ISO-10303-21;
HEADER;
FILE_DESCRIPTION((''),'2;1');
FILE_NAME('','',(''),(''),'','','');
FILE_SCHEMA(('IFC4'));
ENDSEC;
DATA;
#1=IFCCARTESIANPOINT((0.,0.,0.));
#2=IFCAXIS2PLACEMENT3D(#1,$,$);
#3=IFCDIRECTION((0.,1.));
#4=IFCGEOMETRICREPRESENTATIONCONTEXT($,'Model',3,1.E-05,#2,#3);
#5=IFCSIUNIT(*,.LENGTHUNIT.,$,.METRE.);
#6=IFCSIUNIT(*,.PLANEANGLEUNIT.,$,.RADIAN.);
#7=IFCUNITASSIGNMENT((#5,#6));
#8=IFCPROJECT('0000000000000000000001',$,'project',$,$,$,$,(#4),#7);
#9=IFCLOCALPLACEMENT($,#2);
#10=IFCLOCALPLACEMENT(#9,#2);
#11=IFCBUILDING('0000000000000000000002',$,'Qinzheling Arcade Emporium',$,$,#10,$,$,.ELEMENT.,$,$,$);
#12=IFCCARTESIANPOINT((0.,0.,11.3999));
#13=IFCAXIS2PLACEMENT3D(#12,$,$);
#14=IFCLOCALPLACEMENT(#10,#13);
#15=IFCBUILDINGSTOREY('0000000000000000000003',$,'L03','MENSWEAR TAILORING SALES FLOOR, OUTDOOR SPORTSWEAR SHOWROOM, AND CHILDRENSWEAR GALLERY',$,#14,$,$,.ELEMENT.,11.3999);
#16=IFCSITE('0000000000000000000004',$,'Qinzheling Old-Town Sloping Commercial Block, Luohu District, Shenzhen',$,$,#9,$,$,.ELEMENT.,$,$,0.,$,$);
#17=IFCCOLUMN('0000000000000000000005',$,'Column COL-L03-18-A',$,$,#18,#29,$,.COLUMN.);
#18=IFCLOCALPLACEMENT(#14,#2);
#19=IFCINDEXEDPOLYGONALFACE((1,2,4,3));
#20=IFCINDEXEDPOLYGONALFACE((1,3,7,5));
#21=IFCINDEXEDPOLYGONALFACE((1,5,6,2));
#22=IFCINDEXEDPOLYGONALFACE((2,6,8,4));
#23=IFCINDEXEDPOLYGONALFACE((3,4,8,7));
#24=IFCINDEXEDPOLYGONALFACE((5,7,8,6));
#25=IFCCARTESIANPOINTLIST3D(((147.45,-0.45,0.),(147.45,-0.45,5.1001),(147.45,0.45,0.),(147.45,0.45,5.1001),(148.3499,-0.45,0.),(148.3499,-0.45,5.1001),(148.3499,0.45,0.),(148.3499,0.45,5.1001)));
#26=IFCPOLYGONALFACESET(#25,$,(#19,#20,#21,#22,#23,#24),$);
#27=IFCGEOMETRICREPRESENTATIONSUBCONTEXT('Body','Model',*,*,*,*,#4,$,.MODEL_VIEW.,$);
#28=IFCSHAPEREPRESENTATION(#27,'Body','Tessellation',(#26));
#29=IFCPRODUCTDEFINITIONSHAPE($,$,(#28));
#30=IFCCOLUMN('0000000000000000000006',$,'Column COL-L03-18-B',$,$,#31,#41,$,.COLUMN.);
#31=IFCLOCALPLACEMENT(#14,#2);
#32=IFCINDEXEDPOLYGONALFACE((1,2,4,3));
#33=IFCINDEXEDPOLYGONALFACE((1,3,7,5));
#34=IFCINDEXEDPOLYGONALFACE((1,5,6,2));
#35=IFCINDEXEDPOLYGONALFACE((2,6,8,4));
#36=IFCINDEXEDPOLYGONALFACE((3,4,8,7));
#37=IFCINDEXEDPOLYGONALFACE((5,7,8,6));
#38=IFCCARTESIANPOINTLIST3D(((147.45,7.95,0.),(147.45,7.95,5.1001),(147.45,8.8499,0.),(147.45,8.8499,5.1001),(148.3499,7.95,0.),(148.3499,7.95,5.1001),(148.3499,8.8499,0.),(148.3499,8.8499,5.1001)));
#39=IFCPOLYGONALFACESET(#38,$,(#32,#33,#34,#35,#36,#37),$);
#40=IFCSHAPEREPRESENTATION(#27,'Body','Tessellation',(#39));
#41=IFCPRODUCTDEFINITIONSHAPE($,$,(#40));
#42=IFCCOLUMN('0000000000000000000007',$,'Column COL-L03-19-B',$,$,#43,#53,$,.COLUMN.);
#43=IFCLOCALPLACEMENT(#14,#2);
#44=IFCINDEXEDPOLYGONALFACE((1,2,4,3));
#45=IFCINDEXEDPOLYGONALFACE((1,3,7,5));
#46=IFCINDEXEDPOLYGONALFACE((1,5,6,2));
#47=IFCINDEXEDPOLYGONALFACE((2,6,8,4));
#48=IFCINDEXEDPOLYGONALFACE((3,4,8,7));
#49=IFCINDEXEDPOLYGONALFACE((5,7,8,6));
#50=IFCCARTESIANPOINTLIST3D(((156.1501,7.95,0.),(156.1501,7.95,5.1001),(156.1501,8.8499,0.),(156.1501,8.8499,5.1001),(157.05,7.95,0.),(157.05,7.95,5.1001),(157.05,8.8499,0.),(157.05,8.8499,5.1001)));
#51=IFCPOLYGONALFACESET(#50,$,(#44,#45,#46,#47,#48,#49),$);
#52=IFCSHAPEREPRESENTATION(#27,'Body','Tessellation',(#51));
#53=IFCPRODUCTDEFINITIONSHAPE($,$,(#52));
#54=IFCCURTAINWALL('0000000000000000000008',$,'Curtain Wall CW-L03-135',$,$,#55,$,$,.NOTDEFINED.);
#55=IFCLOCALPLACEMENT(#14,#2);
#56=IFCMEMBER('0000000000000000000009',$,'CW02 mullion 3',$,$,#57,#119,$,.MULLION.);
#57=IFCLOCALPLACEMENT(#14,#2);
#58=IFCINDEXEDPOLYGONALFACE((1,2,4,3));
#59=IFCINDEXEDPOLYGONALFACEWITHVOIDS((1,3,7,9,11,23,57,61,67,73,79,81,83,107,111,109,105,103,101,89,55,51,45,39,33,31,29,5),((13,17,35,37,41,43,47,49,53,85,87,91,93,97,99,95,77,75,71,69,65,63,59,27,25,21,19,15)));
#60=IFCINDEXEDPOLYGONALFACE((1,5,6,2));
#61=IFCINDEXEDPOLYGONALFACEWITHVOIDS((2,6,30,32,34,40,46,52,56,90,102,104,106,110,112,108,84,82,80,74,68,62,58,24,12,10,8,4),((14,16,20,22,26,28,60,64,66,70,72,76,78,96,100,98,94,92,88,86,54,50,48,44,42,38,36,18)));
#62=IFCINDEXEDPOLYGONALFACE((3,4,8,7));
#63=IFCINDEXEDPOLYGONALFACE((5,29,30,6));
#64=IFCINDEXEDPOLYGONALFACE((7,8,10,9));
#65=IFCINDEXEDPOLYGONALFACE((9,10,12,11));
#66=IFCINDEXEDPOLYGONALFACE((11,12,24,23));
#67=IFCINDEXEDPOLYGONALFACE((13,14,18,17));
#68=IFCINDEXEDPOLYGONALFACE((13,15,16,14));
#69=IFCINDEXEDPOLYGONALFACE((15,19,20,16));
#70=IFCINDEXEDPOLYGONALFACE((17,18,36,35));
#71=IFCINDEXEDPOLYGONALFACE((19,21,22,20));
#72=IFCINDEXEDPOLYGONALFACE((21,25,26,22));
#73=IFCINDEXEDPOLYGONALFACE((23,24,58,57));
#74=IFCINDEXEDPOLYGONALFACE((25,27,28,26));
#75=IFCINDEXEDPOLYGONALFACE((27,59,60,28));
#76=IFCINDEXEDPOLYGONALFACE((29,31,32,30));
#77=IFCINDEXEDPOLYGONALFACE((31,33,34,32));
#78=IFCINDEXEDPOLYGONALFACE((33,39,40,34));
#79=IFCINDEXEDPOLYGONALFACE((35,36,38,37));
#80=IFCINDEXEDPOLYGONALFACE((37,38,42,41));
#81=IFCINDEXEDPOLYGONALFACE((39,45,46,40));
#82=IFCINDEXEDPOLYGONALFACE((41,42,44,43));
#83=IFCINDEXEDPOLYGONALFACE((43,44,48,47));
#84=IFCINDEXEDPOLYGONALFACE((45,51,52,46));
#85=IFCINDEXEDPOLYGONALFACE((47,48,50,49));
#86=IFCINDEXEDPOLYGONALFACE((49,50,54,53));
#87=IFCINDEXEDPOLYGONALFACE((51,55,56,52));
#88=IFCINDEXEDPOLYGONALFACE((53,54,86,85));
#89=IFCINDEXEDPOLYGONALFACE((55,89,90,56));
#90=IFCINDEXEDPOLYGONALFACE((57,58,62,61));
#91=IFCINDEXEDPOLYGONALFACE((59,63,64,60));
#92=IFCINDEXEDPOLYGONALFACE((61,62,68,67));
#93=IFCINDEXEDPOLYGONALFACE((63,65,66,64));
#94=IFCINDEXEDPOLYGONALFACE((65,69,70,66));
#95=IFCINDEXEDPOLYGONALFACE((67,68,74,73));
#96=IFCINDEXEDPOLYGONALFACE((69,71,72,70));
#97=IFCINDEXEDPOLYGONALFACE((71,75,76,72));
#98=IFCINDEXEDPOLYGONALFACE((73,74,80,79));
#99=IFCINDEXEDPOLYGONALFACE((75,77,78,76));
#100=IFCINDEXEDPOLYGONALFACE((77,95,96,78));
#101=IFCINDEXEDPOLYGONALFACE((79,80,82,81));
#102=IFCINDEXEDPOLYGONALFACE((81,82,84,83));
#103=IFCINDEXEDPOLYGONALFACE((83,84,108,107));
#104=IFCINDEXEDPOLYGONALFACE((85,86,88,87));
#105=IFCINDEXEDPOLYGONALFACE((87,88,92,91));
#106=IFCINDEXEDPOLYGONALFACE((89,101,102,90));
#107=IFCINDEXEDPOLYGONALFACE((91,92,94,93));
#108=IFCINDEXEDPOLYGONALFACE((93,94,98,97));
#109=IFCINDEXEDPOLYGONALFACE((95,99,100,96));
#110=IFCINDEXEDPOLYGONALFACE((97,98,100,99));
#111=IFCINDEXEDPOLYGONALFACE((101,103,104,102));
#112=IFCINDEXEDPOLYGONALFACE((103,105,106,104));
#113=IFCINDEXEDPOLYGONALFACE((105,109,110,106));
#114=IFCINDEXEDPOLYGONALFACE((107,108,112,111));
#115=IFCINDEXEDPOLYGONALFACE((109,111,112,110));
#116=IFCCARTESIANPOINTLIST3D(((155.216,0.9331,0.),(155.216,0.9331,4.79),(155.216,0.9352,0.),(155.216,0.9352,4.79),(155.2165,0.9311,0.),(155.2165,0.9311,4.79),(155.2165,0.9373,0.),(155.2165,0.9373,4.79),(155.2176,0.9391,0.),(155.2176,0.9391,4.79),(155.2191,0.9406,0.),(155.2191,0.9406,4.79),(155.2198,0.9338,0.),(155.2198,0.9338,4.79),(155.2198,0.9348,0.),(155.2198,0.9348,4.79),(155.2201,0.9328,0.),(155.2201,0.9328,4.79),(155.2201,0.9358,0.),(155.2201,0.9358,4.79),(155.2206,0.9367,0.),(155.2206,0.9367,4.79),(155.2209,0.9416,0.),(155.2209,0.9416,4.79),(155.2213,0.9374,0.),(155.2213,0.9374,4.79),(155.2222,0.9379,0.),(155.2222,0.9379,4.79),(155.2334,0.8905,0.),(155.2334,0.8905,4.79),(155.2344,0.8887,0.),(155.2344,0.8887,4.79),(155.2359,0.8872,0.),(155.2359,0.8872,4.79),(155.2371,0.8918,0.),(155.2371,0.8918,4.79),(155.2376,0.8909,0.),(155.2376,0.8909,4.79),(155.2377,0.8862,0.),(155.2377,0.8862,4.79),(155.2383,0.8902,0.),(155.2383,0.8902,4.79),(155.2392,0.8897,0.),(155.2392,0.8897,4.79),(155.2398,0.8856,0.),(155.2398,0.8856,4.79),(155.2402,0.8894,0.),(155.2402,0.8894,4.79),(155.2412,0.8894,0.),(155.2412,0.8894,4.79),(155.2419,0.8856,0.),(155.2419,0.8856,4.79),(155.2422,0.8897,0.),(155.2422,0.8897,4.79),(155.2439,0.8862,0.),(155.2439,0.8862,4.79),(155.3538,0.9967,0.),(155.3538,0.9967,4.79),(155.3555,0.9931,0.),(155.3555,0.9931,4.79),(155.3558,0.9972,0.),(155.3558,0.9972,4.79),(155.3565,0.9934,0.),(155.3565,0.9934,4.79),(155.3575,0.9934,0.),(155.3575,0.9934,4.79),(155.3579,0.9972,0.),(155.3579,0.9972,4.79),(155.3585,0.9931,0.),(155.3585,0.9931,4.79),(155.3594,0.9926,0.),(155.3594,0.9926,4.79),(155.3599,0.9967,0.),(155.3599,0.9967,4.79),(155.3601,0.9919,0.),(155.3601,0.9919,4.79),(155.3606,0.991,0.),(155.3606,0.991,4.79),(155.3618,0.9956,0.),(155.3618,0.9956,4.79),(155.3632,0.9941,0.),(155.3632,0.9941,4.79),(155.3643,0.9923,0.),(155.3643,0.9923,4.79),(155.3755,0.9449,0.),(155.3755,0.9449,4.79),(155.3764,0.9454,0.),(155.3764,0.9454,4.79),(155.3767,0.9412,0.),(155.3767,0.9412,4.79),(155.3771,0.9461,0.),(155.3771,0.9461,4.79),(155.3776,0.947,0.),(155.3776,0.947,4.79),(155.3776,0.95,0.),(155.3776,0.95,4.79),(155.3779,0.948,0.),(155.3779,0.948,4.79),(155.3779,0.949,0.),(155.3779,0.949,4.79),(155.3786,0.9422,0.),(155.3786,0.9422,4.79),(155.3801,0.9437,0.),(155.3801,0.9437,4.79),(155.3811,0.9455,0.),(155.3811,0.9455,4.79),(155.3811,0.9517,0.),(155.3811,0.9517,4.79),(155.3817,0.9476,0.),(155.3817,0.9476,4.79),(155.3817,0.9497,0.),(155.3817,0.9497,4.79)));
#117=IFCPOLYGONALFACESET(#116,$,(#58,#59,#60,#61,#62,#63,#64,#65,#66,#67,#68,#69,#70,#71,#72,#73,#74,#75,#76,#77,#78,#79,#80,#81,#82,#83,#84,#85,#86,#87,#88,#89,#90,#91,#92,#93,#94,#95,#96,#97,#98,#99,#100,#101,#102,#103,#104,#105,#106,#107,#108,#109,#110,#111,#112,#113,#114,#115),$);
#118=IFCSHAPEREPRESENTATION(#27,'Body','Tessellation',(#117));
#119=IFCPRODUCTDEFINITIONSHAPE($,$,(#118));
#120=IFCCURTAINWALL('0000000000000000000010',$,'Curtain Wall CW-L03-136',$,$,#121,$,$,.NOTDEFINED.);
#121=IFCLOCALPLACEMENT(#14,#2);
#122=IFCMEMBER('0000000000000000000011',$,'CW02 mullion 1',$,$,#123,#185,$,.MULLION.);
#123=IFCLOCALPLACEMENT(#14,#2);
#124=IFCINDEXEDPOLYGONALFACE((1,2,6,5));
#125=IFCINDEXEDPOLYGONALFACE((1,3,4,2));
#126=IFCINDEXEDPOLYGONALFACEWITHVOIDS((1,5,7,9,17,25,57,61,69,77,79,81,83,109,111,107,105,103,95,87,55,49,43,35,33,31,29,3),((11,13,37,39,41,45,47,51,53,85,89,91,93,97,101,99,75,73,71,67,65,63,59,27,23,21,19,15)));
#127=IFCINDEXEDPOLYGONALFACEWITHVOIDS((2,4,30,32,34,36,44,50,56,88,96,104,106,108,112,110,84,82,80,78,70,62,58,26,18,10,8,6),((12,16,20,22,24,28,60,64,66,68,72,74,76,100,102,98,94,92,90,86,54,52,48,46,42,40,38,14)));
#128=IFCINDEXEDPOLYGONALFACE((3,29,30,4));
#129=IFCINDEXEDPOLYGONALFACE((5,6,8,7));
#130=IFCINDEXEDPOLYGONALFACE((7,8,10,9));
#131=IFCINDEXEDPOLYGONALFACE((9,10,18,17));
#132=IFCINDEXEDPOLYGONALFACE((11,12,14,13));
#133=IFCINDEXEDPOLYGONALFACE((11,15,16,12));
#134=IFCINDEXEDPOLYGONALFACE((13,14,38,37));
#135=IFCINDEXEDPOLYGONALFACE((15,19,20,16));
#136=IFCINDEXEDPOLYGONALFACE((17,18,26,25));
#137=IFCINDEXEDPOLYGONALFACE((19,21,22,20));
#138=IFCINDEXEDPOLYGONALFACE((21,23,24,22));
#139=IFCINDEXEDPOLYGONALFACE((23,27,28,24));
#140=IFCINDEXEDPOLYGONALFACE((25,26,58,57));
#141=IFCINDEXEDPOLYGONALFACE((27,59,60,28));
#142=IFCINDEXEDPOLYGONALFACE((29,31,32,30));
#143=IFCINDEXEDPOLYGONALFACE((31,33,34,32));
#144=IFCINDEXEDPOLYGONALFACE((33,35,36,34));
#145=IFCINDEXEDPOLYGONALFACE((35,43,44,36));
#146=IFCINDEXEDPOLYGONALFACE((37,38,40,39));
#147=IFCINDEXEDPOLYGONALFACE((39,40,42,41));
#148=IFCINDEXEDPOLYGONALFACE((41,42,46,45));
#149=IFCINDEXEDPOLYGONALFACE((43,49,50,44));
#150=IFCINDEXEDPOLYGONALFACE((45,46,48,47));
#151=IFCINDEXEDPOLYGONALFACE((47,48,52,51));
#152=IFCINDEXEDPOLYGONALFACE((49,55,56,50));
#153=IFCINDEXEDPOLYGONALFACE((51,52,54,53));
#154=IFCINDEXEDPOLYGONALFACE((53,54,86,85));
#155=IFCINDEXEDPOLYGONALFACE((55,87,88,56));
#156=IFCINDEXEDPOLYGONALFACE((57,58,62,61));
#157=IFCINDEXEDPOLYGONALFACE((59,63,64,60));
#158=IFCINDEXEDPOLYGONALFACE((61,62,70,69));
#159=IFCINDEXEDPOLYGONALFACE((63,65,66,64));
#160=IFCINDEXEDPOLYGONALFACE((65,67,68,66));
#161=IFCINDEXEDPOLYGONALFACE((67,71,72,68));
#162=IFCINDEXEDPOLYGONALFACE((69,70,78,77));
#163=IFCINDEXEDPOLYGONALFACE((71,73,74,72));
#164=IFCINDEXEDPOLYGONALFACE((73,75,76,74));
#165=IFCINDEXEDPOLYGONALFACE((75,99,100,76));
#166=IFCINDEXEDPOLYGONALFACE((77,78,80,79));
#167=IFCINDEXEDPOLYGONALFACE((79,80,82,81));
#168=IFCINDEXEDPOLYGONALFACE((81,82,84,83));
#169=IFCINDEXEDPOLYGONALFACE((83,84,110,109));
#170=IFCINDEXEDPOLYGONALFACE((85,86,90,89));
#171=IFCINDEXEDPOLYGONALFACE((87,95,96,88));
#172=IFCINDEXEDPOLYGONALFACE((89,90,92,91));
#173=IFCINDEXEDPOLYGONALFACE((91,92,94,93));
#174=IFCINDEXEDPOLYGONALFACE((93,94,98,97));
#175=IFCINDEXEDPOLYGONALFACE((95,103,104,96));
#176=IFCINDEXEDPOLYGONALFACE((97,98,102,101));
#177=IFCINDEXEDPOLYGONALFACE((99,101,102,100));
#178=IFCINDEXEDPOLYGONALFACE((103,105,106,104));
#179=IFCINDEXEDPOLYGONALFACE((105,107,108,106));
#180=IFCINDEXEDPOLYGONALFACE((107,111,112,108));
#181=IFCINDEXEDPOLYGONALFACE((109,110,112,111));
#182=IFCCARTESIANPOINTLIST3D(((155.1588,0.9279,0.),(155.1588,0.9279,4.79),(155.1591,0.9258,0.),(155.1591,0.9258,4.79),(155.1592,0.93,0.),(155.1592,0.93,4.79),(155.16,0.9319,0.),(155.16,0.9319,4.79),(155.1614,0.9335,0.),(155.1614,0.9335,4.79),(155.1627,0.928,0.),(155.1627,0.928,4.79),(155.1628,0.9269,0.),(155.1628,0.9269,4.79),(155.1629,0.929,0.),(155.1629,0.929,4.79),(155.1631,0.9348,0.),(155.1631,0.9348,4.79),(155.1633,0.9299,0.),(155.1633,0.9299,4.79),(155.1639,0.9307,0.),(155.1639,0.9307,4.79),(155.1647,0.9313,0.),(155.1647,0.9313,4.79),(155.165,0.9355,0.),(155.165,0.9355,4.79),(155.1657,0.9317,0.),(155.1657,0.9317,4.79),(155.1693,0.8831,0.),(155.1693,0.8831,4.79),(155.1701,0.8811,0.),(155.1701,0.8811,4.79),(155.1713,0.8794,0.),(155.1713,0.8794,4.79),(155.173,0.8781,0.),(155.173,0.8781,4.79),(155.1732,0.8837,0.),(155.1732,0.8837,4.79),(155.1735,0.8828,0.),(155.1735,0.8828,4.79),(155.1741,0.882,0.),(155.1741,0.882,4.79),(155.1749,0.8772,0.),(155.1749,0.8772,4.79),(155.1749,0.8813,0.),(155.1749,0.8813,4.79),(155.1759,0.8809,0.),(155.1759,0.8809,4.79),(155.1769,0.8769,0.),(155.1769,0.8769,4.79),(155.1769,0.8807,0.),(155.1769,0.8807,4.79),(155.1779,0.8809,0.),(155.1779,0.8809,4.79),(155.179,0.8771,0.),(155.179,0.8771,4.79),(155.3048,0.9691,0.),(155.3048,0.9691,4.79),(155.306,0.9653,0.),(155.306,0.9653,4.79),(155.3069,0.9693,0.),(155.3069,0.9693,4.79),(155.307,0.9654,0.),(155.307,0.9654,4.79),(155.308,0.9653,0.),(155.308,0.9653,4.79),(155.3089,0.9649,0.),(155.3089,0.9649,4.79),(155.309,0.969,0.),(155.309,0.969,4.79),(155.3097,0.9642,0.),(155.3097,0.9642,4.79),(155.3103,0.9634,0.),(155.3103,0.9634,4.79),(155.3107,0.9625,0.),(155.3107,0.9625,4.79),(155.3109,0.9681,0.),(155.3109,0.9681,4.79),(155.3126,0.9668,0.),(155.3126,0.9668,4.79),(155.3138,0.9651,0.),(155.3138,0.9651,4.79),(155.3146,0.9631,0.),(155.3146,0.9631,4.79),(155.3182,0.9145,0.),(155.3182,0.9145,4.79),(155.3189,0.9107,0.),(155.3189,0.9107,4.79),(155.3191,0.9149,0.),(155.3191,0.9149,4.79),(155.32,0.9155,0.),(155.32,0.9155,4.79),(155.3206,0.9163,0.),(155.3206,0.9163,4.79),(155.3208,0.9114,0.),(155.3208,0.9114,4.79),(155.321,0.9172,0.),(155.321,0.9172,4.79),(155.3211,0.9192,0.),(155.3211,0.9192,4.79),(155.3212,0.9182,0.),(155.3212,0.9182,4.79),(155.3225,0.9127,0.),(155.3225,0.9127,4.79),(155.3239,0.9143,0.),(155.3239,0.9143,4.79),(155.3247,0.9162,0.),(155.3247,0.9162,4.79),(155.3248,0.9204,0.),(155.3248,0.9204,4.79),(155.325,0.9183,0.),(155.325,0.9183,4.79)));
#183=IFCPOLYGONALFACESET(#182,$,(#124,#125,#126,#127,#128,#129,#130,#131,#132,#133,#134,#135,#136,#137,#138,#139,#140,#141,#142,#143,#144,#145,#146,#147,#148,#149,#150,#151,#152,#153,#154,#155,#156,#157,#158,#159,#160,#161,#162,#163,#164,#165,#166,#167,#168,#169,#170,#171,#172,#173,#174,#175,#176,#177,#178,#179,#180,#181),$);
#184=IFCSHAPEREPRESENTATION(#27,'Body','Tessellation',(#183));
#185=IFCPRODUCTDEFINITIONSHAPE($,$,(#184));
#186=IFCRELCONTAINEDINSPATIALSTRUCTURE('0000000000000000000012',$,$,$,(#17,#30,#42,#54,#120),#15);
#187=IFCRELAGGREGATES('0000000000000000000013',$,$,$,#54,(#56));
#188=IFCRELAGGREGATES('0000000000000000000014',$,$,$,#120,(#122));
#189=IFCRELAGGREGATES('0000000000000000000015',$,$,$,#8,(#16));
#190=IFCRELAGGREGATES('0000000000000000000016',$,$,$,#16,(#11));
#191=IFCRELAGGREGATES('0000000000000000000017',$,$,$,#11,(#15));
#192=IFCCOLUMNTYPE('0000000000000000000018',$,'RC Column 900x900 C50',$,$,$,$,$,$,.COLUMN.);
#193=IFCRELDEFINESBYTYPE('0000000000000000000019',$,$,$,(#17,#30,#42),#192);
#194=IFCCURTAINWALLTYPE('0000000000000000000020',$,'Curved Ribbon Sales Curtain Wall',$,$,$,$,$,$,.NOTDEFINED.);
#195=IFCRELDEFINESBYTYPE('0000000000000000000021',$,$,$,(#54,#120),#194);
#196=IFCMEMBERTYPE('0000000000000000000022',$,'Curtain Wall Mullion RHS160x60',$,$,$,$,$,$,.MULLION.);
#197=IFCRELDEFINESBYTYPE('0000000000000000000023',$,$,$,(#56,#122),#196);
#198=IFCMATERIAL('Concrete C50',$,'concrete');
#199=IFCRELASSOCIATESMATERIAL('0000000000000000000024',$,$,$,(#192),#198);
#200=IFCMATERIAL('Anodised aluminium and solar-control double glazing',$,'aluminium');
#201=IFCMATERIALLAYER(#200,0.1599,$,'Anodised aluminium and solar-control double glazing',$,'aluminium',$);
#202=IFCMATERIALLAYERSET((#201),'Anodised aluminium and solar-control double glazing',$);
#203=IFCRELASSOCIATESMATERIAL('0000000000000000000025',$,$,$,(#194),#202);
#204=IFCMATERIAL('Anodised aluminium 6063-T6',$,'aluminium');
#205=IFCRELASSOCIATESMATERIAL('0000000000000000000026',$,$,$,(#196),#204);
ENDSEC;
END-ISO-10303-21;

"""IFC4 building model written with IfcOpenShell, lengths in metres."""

from ifc_helpers import new_model, si_unit, direction, frame, origin, origin_2d, place, context, subcontext, project, spatial, rectangle, hollow_rectangle, extrude, material, layer, layer_set, material_profile, profile_set, type_object, element, aggregate, save


model = new_model("IFC4")

# Units and contexts
model_context = context("Model", 3, precision=1e-05, world=origin(), true_north=direction((0.0, 1.0)))
body_context = subcontext(model_context, "Body", "Model", "MODEL_VIEW")
ifc_project = project(units=[si_unit("LENGTHUNIT", "METRE"), si_unit("PLANEANGLEUNIT", "RADIAN")], contexts=[model_context])

# Site, building, storey
site_placement = place(None, origin())
site = spatial("IfcSite", under=ifc_project, at=site_placement, Name="Qinzheling Old-Town Sloping Commercial Block, Luohu District, Shenzhen", CompositionType="ELEMENT", RefElevation=0.0)
building_placement = place(site_placement, origin())
building = spatial("IfcBuilding", under=site, at=building_placement, Name="Qinzheling Arcade Emporium", CompositionType="ELEMENT")
storey_placement = place(building_placement, frame((0.0, 0.0, 11.3999)))
storey = spatial("IfcBuildingStorey", under=building, at=storey_placement, Name="L03", Description="MENSWEAR TAILORING SALES FLOOR, OUTDOOR SPORTSWEAR SHOWROOM, AND CHILDRENSWEAR GALLERY", CompositionType="ELEMENT", Elevation=11.3999)

# Columns
ifc_material_1 = material(Name="Concrete C50", Category="concrete")
ifc_material_profile_1 = material_profile(ifc_material_1, rectangle(XDim=0.8999, YDim=0.8999, at=origin_2d()), Name="RC 900x900", Category="concrete")
ifc_profile_set_1 = profile_set([ifc_material_profile_1], Name="Concrete C50")
column_type = type_object("IfcColumnType", Name="RC Column 900x900 C50", PredefinedType="COLUMN", material=ifc_profile_set_1)
for number, where, z_axis, x_axis, name in (
    (1, (147.8999, 0.0, 0.0), (0.0, 0.0, 1.0), (1.0, 0.0, 0.0), "Column COL-L03-18-A"),
    (2, (147.8999, 8.3999, 0.0), (0.0, 0.0, 1.0), (1.0, 0.0, 0.0), "Column COL-L03-18-B"),
    (3, (156.6001, 8.3999, 0.0), (0.0, 0.0, 1.0), (1.0, 0.0, 0.0), "Column COL-L03-19-B"),
):
    element("IfcColumn", number, at=place(storey_placement, frame(where, z_axis=z_axis, x_axis=x_axis)), inside=storey, type_object=column_type, Name=name, PredefinedType="COLUMN", context=body_context, shape_type="SweptSolid", body=[
        extrude(rectangle(XDim=0.8999, YDim=0.8999, at=origin_2d()), origin(), (0.0, 0.0, 1.0), 5.1001),
    ])

# Curtain wall, member
ifc_material_2 = material(Name="Anodised aluminium and solar-control double glazing", Category="aluminium")
ifc_layer_1 = layer(ifc_material_2, 0.1599, Name="Anodised aluminium and solar-control double glazing", Category="aluminium")
ifc_layer_set_1 = layer_set([ifc_layer_1], Name="Anodised aluminium and solar-control double glazing")
curtain_wall_type_1 = type_object("IfcCurtainWallType", Name="Curved Ribbon Sales Curtain Wall", PredefinedType="NOTDEFINED", material=ifc_layer_set_1)
curtain_wall_1_placement = place(storey_placement, origin())
curtain_wall_1 = element("IfcCurtainWall", 4, at=curtain_wall_1_placement, inside=storey, type_object=curtain_wall_type_1, Name="Curtain Wall CW-L03-135", PredefinedType="NOTDEFINED")
ifc_material_3 = material(Name="Anodised aluminium 6063-T6", Category="aluminium")
ifc_material_profile_2 = material_profile(ifc_material_3, hollow_rectangle(XDim=0.0601, YDim=0.1599, WallThickness=0.0039, InnerFilletRadius=0.0039, OuterFilletRadius=0.0081, at=origin_2d()), Name="RHS 160x60x4", Category="aluminium")
ifc_profile_set_2 = profile_set([ifc_material_profile_2], Name="Anodised aluminium 6063-T6")
member_type_1 = type_object("IfcMemberType", Name="Curtain Wall Mullion RHS160x60", PredefinedType="MULLION", material=ifc_profile_set_2)
member_1_placement = place(storey_placement, frame((155.2988, 0.9414, 0.0), z_axis=(0.0, 0.0, 1.0), x_axis=(0.382638, -0.923898, 0.0)))
member_1 = element("IfcMember", 5, at=member_1_placement, type_object=member_type_1, Name="CW02 mullion 3", PredefinedType="MULLION", context=body_context, shape_type="SweptSolid", body=[
    extrude(hollow_rectangle(XDim=0.0601, YDim=0.1599, WallThickness=0.0039, InnerFilletRadius=0.0039, OuterFilletRadius=0.0081, at=origin_2d()), origin(), (0.0, 0.0, 1.0), 4.79),
])

# Curtain wall, member
curtain_wall_2_placement = place(storey_placement, origin())
curtain_wall_2 = element("IfcCurtainWall", 6, at=curtain_wall_2_placement, inside=storey, type_object=curtain_wall_type_1, Name="Curtain Wall CW-L03-136", PredefinedType="NOTDEFINED")
member_2_placement = place(storey_placement, frame((155.2419, 0.9231, 0.0), z_axis=(0.0, 0.0, 1.0), x_axis=(0.233449, -0.972369, 0.0)))
member_2 = element("IfcMember", 7, at=member_2_placement, type_object=member_type_1, Name="CW02 mullion 1", PredefinedType="MULLION", context=body_context, shape_type="SweptSolid", body=[
    extrude(hollow_rectangle(XDim=0.0601, YDim=0.1599, WallThickness=0.0039, InnerFilletRadius=0.0039, OuterFilletRadius=0.0081, at=origin_2d()), origin(), (0.0, 0.0, 1.0), 4.79),
])

aggregate(curtain_wall_1, [member_1])
aggregate(curtain_wall_2, [member_2])

save(model, "model.ifc")
